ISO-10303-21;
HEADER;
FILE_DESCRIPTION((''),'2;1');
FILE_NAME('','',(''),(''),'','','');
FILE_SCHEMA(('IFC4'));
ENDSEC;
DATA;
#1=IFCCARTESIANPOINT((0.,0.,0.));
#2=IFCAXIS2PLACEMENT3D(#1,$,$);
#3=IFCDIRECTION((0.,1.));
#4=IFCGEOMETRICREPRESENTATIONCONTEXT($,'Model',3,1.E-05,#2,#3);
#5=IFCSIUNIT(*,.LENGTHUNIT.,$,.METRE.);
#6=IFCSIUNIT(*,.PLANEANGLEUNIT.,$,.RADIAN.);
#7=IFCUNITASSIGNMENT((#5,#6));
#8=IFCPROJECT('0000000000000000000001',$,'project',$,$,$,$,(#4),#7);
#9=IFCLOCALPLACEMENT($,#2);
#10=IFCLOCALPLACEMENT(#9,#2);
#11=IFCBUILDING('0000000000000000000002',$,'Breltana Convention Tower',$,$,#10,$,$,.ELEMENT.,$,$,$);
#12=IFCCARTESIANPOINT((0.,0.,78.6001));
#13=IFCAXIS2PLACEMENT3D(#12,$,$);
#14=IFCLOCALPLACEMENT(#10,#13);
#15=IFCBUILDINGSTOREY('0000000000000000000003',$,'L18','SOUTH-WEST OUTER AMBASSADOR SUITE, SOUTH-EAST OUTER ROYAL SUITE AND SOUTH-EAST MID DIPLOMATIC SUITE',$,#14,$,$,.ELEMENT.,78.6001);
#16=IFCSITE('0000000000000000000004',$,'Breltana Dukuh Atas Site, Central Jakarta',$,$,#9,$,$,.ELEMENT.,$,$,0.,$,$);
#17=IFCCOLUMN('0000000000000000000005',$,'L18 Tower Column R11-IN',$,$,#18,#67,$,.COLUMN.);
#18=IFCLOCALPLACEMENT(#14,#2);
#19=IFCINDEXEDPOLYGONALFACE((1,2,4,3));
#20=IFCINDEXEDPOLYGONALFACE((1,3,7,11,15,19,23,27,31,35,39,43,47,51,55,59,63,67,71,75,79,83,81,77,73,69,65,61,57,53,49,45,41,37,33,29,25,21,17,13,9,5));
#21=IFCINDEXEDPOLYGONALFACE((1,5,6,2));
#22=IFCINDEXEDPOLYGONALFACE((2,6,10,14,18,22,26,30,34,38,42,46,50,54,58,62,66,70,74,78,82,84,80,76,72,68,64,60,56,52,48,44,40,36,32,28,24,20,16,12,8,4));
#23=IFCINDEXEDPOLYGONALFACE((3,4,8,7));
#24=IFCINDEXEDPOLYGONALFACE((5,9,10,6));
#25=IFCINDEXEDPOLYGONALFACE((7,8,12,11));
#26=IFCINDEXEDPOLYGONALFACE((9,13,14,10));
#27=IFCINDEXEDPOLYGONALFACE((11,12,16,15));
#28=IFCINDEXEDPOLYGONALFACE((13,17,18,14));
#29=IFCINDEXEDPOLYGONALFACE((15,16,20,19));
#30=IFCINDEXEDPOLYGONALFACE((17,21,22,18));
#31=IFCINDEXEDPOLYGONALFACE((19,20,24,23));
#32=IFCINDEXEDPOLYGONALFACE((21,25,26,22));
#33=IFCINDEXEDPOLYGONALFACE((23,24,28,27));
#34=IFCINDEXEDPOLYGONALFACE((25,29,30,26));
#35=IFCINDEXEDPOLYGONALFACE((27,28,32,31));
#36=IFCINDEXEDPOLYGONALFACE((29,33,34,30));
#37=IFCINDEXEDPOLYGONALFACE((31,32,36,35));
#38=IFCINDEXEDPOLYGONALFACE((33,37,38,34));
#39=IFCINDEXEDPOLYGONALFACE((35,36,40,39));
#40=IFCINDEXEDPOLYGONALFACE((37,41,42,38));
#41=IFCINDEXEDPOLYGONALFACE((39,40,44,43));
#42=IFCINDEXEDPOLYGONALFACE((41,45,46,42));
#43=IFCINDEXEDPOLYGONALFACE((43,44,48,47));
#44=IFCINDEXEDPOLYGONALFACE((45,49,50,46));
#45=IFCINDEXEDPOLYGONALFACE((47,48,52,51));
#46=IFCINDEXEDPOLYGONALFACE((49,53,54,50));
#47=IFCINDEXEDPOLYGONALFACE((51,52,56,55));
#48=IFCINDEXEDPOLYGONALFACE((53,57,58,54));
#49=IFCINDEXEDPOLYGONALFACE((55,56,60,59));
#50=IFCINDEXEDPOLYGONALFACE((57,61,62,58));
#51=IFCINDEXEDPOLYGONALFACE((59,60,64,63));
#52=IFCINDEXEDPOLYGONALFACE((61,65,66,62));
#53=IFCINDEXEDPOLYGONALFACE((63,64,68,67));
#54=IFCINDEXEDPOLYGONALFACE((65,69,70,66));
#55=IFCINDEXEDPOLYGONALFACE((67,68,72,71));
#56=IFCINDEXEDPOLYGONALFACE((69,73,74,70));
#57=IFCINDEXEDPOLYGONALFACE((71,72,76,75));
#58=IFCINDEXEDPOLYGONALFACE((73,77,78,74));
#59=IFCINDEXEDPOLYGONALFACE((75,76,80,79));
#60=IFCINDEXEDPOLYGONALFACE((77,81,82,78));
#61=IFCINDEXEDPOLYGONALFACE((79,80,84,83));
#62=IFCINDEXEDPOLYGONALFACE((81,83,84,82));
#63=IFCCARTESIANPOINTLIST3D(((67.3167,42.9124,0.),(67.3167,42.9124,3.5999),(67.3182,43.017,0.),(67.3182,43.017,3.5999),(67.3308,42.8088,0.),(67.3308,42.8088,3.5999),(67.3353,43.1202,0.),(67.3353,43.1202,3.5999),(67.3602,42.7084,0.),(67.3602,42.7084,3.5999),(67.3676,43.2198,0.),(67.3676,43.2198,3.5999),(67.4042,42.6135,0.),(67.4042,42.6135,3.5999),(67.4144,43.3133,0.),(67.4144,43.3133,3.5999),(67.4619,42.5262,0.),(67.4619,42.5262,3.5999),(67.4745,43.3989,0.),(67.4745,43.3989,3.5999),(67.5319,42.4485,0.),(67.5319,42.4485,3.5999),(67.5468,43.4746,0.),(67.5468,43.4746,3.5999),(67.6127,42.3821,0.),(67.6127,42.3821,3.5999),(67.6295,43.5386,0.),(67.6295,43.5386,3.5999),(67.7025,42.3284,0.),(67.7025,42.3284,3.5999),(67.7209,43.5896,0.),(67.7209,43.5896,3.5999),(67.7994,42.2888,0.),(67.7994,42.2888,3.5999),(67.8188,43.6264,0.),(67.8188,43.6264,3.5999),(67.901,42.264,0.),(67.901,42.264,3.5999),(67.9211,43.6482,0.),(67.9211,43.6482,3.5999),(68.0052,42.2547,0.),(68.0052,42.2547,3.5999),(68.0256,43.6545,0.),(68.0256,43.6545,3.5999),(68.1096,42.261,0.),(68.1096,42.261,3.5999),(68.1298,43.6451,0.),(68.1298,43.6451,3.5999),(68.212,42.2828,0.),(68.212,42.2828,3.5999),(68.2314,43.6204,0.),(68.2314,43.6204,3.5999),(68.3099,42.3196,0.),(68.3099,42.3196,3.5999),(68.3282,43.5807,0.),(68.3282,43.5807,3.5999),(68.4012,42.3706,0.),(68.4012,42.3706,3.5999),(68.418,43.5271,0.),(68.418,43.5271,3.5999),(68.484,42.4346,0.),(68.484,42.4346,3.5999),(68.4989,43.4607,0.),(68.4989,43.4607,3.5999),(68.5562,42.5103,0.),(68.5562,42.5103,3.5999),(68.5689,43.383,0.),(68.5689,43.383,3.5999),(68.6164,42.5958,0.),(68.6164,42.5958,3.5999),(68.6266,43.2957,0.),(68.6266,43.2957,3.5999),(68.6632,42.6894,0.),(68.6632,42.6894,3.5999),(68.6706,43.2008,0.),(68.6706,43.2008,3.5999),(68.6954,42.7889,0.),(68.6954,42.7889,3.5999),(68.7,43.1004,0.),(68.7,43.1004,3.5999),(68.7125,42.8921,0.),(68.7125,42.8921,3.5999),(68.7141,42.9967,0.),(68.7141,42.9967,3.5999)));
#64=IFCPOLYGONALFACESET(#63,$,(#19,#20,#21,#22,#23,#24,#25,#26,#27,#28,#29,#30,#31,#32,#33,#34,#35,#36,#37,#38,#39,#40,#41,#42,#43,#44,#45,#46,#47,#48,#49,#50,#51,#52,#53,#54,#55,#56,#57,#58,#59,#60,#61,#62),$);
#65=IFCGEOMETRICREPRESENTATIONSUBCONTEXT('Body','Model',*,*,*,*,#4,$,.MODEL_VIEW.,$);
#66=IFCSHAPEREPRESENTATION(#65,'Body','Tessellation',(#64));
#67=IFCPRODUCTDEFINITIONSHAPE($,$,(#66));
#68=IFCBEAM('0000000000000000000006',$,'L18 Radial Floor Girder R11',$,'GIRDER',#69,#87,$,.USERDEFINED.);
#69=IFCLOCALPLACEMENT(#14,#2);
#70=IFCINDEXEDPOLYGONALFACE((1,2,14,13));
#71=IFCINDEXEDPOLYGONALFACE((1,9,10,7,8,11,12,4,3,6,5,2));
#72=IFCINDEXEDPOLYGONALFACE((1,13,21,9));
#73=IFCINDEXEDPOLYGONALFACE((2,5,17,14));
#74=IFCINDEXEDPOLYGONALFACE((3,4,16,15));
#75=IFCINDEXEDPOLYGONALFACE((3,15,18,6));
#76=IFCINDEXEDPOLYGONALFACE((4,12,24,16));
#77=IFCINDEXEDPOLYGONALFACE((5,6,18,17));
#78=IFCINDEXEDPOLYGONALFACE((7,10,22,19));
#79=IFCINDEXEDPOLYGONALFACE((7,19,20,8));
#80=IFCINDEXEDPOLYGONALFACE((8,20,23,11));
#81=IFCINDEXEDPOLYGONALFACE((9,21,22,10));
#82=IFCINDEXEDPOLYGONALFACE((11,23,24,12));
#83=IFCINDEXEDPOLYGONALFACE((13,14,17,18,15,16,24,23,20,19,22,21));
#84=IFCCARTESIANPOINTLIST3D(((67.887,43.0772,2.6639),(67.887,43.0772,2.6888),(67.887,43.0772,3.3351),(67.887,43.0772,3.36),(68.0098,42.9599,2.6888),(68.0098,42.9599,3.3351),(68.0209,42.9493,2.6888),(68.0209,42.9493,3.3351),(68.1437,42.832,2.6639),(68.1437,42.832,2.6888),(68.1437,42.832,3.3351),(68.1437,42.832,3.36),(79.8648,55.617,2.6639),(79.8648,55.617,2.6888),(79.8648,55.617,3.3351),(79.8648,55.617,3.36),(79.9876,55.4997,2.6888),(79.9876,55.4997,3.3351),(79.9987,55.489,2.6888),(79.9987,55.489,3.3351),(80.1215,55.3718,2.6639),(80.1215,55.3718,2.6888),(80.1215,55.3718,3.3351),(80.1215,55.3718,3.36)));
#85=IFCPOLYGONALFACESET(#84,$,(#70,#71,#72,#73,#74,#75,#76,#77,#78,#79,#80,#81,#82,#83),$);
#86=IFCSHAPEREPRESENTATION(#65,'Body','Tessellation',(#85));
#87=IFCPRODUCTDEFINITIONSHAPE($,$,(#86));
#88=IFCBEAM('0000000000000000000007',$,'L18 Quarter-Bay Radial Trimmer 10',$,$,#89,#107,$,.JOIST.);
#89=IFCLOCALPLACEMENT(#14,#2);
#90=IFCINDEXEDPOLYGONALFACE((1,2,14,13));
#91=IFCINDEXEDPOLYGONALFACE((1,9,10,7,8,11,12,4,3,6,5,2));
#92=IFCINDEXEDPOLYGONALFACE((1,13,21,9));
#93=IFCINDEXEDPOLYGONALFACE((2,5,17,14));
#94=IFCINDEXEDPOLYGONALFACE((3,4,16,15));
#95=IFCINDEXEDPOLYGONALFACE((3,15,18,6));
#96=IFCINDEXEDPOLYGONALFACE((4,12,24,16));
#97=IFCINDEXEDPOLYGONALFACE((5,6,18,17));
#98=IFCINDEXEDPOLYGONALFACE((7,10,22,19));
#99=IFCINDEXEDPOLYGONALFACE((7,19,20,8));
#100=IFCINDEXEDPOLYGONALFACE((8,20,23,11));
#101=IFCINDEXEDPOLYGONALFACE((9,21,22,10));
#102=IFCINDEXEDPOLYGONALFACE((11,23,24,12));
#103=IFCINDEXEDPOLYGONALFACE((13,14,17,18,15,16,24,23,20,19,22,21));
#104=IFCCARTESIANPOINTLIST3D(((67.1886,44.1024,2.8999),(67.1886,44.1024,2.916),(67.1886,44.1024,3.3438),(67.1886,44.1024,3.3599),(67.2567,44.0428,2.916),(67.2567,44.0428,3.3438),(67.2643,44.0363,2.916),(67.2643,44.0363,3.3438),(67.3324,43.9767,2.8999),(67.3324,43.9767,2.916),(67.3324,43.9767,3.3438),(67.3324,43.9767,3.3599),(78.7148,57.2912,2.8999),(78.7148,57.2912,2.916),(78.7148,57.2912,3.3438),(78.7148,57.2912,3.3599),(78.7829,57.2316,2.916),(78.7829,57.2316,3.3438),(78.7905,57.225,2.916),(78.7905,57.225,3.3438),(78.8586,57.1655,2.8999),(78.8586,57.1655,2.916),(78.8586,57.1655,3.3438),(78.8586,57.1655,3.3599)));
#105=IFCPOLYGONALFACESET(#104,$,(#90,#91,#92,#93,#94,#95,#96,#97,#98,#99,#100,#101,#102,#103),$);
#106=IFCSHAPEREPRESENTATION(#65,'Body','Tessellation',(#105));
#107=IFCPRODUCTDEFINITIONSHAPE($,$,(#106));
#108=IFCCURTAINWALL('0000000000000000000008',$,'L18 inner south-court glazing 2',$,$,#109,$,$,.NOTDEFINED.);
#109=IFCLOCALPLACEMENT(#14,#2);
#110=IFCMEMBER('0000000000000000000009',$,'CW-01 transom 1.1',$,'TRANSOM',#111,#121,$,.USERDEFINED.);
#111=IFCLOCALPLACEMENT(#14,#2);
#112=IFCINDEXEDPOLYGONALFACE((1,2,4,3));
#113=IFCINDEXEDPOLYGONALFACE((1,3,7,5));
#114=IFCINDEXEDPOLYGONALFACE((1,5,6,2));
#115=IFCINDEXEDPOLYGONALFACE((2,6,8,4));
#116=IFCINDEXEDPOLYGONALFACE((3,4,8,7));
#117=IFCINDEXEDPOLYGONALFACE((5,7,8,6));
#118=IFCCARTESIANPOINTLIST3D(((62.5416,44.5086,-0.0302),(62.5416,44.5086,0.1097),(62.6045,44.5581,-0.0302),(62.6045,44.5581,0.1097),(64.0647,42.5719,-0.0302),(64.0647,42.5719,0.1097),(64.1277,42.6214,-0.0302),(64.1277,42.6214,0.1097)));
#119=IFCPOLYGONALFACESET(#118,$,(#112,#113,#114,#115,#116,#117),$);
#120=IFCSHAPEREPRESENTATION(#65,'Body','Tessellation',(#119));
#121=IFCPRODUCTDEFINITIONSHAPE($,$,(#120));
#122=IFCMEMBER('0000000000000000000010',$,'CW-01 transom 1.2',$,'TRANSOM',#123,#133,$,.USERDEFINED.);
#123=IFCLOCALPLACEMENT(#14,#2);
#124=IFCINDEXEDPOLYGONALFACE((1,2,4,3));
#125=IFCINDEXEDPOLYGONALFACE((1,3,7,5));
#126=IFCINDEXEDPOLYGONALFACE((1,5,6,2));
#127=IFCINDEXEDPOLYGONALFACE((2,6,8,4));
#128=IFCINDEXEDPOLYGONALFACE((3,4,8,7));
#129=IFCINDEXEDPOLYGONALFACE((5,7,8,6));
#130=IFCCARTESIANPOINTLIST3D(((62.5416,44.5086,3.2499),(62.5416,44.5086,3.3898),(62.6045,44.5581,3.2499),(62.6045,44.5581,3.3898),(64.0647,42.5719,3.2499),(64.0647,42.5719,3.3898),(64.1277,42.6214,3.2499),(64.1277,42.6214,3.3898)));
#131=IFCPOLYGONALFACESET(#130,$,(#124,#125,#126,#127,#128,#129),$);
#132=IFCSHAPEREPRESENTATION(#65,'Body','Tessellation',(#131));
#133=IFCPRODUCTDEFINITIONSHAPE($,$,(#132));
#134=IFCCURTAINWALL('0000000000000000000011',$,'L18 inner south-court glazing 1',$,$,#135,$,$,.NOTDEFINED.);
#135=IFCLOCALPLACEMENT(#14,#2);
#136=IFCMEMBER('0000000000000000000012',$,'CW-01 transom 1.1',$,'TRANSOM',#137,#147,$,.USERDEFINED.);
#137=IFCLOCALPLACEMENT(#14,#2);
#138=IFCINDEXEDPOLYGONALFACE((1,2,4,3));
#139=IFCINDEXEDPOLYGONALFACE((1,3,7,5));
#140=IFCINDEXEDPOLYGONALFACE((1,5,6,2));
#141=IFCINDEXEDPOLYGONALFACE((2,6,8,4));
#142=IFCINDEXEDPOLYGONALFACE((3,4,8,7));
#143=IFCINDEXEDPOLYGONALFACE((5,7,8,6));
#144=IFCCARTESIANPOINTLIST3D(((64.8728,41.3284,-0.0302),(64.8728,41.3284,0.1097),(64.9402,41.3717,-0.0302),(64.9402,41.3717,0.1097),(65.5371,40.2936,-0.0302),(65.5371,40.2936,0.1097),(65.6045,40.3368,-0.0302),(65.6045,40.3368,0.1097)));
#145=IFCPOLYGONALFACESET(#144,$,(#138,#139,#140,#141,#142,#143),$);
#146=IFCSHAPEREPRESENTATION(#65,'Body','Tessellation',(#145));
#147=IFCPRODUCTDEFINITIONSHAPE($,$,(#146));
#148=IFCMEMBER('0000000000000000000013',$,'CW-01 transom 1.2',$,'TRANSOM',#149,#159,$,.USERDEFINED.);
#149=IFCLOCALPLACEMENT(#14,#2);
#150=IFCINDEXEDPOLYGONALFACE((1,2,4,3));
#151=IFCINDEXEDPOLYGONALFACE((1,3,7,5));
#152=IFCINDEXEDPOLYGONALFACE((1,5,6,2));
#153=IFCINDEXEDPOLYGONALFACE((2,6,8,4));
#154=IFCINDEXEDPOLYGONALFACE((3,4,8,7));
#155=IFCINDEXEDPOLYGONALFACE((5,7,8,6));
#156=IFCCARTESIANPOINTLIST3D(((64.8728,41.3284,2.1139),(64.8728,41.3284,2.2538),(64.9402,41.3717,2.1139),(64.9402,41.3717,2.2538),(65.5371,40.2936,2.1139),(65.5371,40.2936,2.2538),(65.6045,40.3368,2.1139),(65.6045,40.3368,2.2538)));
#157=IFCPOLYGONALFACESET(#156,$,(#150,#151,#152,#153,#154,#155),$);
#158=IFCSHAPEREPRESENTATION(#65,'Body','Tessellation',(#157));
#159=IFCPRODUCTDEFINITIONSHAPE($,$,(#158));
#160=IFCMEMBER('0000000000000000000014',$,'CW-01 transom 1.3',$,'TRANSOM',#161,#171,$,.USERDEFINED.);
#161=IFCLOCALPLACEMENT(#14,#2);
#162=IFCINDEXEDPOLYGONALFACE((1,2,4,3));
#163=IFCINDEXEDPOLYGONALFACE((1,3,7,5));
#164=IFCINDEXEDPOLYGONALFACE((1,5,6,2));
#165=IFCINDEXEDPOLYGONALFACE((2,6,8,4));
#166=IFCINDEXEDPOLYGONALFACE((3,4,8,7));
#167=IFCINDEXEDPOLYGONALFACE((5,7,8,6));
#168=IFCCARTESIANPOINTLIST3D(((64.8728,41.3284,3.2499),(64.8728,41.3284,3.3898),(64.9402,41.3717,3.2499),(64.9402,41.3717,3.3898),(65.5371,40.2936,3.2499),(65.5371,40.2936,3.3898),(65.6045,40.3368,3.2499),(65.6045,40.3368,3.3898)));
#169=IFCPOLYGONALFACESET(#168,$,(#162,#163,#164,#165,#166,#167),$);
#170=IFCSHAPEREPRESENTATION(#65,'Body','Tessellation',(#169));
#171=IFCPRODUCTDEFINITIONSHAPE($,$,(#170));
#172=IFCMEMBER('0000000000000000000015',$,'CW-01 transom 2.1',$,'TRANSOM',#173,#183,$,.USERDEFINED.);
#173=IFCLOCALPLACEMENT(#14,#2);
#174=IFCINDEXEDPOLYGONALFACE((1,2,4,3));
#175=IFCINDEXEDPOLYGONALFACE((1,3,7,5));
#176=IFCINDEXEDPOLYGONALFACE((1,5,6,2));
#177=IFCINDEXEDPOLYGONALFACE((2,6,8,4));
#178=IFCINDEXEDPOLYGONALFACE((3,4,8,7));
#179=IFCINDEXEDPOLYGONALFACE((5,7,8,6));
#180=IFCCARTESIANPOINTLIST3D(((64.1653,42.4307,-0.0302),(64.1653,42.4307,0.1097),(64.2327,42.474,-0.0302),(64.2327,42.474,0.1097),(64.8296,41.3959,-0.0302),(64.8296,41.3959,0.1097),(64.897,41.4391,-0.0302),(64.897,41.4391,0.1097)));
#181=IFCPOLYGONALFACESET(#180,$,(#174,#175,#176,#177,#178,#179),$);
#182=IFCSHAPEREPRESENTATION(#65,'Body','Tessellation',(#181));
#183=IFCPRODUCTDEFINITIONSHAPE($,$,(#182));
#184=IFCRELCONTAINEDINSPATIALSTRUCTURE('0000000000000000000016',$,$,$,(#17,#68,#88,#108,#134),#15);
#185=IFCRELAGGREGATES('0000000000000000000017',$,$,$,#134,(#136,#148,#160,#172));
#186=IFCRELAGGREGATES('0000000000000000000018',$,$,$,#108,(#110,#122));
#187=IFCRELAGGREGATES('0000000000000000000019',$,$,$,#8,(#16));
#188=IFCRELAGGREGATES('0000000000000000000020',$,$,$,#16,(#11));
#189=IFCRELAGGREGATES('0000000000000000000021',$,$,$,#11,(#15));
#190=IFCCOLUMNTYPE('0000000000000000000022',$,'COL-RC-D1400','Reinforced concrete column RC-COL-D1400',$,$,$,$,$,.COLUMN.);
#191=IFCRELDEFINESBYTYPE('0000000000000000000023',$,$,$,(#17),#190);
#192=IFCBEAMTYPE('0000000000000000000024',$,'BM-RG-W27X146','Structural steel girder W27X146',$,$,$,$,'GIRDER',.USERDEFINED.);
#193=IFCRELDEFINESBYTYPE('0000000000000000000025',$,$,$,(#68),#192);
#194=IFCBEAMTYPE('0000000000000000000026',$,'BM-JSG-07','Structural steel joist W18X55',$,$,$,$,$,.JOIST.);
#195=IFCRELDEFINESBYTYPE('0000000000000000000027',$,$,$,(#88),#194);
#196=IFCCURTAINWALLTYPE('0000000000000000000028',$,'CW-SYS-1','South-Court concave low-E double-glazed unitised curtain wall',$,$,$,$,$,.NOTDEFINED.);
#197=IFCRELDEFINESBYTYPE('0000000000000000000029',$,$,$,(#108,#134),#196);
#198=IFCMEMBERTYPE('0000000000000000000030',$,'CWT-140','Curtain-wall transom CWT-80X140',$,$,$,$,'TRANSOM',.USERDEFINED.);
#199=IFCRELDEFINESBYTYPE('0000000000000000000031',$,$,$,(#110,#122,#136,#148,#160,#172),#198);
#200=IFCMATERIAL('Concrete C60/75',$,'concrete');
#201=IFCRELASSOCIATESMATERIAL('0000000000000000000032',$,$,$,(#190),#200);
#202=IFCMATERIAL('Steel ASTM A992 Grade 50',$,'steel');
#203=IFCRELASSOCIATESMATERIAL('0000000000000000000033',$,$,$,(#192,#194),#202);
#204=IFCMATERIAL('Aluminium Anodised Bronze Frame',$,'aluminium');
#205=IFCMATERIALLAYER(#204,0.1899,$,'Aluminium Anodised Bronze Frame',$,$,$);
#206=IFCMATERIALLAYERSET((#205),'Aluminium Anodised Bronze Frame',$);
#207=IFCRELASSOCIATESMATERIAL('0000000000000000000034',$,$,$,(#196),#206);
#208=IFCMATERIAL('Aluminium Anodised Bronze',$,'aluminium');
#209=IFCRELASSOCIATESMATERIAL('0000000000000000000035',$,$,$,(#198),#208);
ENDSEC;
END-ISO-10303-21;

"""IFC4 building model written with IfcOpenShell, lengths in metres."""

from ifc_helpers import new_model, si_unit, direction, frame, origin, origin_2d, place, context, subcontext, project, spatial, rectangle, circle, i_section, extrude, source, transform, mapped, material, layer, layer_set, material_profile, profile_set, type_object, type_shapes, element, aggregate, save


model = new_model("IFC4")

# Units and contexts
model_context = context("Model", 3, precision=1e-05, world=origin(), true_north=direction((0.0, 1.0)))
body_context = subcontext(model_context, "Body", "Model", "MODEL_VIEW")
ifc_project = project(units=[si_unit("LENGTHUNIT", "METRE"), si_unit("PLANEANGLEUNIT", "RADIAN")], contexts=[model_context])

# Site, building, storey
site_placement = place(None, origin())
site = spatial("IfcSite", under=ifc_project, at=site_placement, Name="Breltana Dukuh Atas Site, Central Jakarta", CompositionType="ELEMENT", RefElevation=0.0)
building_placement = place(site_placement, origin())
building = spatial("IfcBuilding", under=site, at=building_placement, Name="Breltana Convention Tower", CompositionType="ELEMENT")
storey_placement = place(building_placement, frame((0.0, 0.0, 78.6001)))
storey = spatial("IfcBuildingStorey", under=building, at=storey_placement, Name="L18", Description="SOUTH-WEST OUTER AMBASSADOR SUITE, SOUTH-EAST OUTER ROYAL SUITE AND SOUTH-EAST MID DIPLOMATIC SUITE", CompositionType="ELEMENT", Elevation=78.6001)

# Column
ifc_material_1 = material(Name="Concrete C60/75", Category="concrete")
ifc_material_profile_1 = material_profile(ifc_material_1, circle(Radius=0.7, at=origin_2d()), Name="RC-COL-D1400")
ifc_profile_set_1 = profile_set([ifc_material_profile_1], Name="Concrete C60/75")
column_type = type_object("IfcColumnType", Name="COL-RC-D1400", Description="Reinforced concrete column RC-COL-D1400", PredefinedType="COLUMN", material=ifc_profile_set_1)
shared_shape_1 = source(origin(), body_context, "Body", "SweptSolid", [
    extrude(circle(Radius=0.7, at=origin_2d()), origin(), (0.0, 0.0, 1.0), 3.5999),
])
column_placement = place(storey_placement, frame((68.0154, 42.9546, 0.0), z_axis=(0.0, 0.0, 1.0), x_axis=(0.690756, 0.723088, 0.0)))
element("IfcColumn", 1, at=column_placement, inside=storey, type_object=column_type, Name="L18 Tower Column R11-IN", PredefinedType="COLUMN", context=body_context, shape_type="MappedRepresentation", body=[
    mapped(shared_shape_1, transform((0.0, 0.0, 0.0), scale=1.0)),
])

# Beams
ifc_material_2 = material(Name="Steel ASTM A992 Grade 50", Category="steel")
ifc_material_profile_2 = material_profile(ifc_material_2, i_section(OverallWidth=0.355, OverallDepth=0.696, WebThickness=0.0154, FlangeThickness=0.0249, at=origin_2d()), Name="W27X146")
ifc_profile_set_2 = profile_set([ifc_material_profile_2], Name="Steel ASTM A992 Grade 50")
beam_type_1 = type_object("IfcBeamType", Name="BM-RG-W27X146", Description="Structural steel girder W27X146", ElementType="GIRDER", PredefinedType="USERDEFINED", material=ifc_profile_set_2)
shared_shape_2 = source(origin(), body_context, "Body", "SweptSolid", [
    extrude(i_section(OverallWidth=0.355, OverallDepth=0.696, WebThickness=0.0154, FlangeThickness=0.0249, at=origin_2d()), origin(), (0.0, 0.0, 1.0), 17.3411),
])
type_shapes(beam_type_1, [shared_shape_2])
beam_1_placement = place(storey_placement, frame((68.0154, 42.9546, 3.012), z_axis=(0.690716, 0.723126, 0.0), x_axis=(-0.723126, 0.690716, 0.0)))
element("IfcBeam", 2, at=beam_1_placement, inside=storey, type_object=beam_type_1, Name="L18 Radial Floor Girder R11", ObjectType="GIRDER", PredefinedType="USERDEFINED", context=body_context, shape_type="MappedRepresentation", body=[
    mapped(shared_shape_2, transform((0.0, 0.0, 0.0), scale=1.0)),
])
ifc_material_profile_3 = material_profile(ifc_material_2, i_section(OverallWidth=0.1909, OverallDepth=0.46, WebThickness=0.01, FlangeThickness=0.0161, at=origin_2d()), Name="W18X55")
ifc_profile_set_3 = profile_set([ifc_material_profile_3], Name="Steel ASTM A992 Grade 50")
beam_type_2 = type_object("IfcBeamType", Name="BM-JSG-07", Description="Structural steel joist W18X55", PredefinedType="JOIST", material=ifc_profile_set_3)
shared_shape_3 = source(origin(), body_context, "Body", "SweptSolid", [
    extrude(i_section(OverallWidth=0.1909, OverallDepth=0.46, WebThickness=0.01, FlangeThickness=0.0161, at=origin_2d()), origin(), (0.0, 0.0, 1.0), 17.5156),
])
beam_2_placement = place(storey_placement, frame((67.2605, 44.0396, 3.1299), z_axis=(0.658052, 0.752973, 0.0), x_axis=(-0.752973, 0.658052, 0.0)))
element("IfcBeam", 3, at=beam_2_placement, inside=storey, type_object=beam_type_2, Name="L18 Quarter-Bay Radial Trimmer 10", PredefinedType="JOIST", context=body_context, shape_type="MappedRepresentation", body=[
    mapped(shared_shape_3, transform((0.0, 0.0, 0.0), scale=1.0)),
])

# Curtain walls, members
ifc_material_3 = material(Name="Aluminium Anodised Bronze Frame", Category="aluminium")
ifc_layer_1 = layer(ifc_material_3, 0.1899, Name="Aluminium Anodised Bronze Frame")
ifc_layer_set_1 = layer_set([ifc_layer_1], Name="Aluminium Anodised Bronze Frame")
curtain_wall_type = type_object("IfcCurtainWallType", Name="CW-SYS-1", Description="South-Court concave low-E double-glazed unitised curtain wall", PredefinedType="NOTDEFINED", material=ifc_layer_set_1)
curtain_wall_1_placement = place(storey_placement, origin())
curtain_wall_1 = element("IfcCurtainWall", 4, at=curtain_wall_1_placement, inside=storey, type_object=curtain_wall_type, Name="L18 inner south-court glazing 2", PredefinedType="NOTDEFINED")
ifc_material_4 = material(Name="Aluminium Anodised Bronze", Category="aluminium")
ifc_material_profile_4 = material_profile(ifc_material_4, rectangle(XDim=0.0801, YDim=0.1399, at=origin_2d()), Name="CWT-80X140")
ifc_profile_set_4 = profile_set([ifc_material_profile_4], Name="Aluminium Anodised Bronze")
member_type_1 = type_object("IfcMemberType", Name="CWT-140", Description="Curtain-wall transom CWT-80X140", ElementType="TRANSOM", PredefinedType="USERDEFINED", material=ifc_profile_set_4)
shared_shape_4 = source(origin(), body_context, "Body", "SweptSolid", [
    extrude(rectangle(XDim=0.0801, YDim=0.1399, at=origin_2d()), origin(), (0.0, 0.0, 1.0), 2.4639),
])
member_1_placement = place(storey_placement, frame((64.0962, 42.5967, 0.0398), z_axis=(-0.618185, 0.786033, 0.0), x_axis=(-0.786033, -0.618185, 0.0)))
member_1 = element("IfcMember", 5, at=member_1_placement, type_object=member_type_1, Name="CW-01 transom 1.1", ObjectType="TRANSOM", PredefinedType="USERDEFINED", context=body_context, shape_type="MappedRepresentation", body=[
    mapped(shared_shape_4, transform((0.0, 0.0, 0.0), scale=1.0)),
])
member_2_placement = place(storey_placement, frame((64.0962, 42.5967, 3.3198), z_axis=(-0.618185, 0.786033, 0.0), x_axis=(-0.786033, -0.618185, 0.0)))
member_2 = element("IfcMember", 6, at=member_2_placement, type_object=member_type_1, Name="CW-01 transom 1.2", ObjectType="TRANSOM", PredefinedType="USERDEFINED", context=body_context, shape_type="MappedRepresentation", body=[
    mapped(shared_shape_4, transform((0.0, 0.0, 0.0), scale=1.0)),
])
curtain_wall_2_placement = place(storey_placement, origin())
curtain_wall_2 = element("IfcCurtainWall", 7, at=curtain_wall_2_placement, inside=storey, type_object=curtain_wall_type, Name="L18 inner south-court glazing 1", PredefinedType="NOTDEFINED")
shared_shape_5 = source(origin(), body_context, "Body", "SweptSolid", [
    extrude(rectangle(XDim=0.0801, YDim=0.1399, at=origin_2d()), origin(), (0.0, 0.0, 1.0), 1.2297),
])
member_3_placement = place(storey_placement, frame((65.5708, 40.3152, 0.0398), z_axis=(-0.540186, 0.841546, 0.0), x_axis=(-0.841546, -0.540186, 0.0)))
member_3 = element("IfcMember", 8, at=member_3_placement, type_object=member_type_1, Name="CW-01 transom 1.1", ObjectType="TRANSOM", PredefinedType="USERDEFINED", context=body_context, shape_type="MappedRepresentation", body=[
    mapped(shared_shape_5, transform((0.0, 0.0, 0.0), scale=1.0)),
])
member_4_placement = place(storey_placement, frame((65.5708, 40.3152, 2.1838), z_axis=(-0.540186, 0.841546, 0.0), x_axis=(-0.841546, -0.540186, 0.0)))
member_4 = element("IfcMember", 9, at=member_4_placement, type_object=member_type_1, Name="CW-01 transom 1.2", ObjectType="TRANSOM", PredefinedType="USERDEFINED", context=body_context, shape_type="MappedRepresentation", body=[
    mapped(shared_shape_5, transform((0.0, 0.0, 0.0), scale=1.0)),
])
member_5_placement = place(storey_placement, frame((65.5708, 40.3152, 3.3198), z_axis=(-0.540186, 0.841546, 0.0), x_axis=(-0.841546, -0.540186, 0.0)))
member_5 = element("IfcMember", 10, at=member_5_placement, type_object=member_type_1, Name="CW-01 transom 1.3", ObjectType="TRANSOM", PredefinedType="USERDEFINED", context=body_context, shape_type="MappedRepresentation", body=[
    mapped(shared_shape_5, transform((0.0, 0.0, 0.0), scale=1.0)),
])
member_6_placement = place(storey_placement, frame((64.8633, 41.4175, 0.0398), z_axis=(-0.540186, 0.841546, 0.0), x_axis=(-0.841546, -0.540186, 0.0)))
member_6 = element("IfcMember", 11, at=member_6_placement, type_object=member_type_1, Name="CW-01 transom 2.1", ObjectType="TRANSOM", PredefinedType="USERDEFINED", context=body_context, shape_type="MappedRepresentation", body=[
    mapped(shared_shape_5, transform((0.0, 0.0, 0.0), scale=1.0)),
])

aggregate(curtain_wall_2, [member_3, member_4, member_5, member_6])
aggregate(curtain_wall_1, [member_1, member_2])

save(model, "model.ifc")
